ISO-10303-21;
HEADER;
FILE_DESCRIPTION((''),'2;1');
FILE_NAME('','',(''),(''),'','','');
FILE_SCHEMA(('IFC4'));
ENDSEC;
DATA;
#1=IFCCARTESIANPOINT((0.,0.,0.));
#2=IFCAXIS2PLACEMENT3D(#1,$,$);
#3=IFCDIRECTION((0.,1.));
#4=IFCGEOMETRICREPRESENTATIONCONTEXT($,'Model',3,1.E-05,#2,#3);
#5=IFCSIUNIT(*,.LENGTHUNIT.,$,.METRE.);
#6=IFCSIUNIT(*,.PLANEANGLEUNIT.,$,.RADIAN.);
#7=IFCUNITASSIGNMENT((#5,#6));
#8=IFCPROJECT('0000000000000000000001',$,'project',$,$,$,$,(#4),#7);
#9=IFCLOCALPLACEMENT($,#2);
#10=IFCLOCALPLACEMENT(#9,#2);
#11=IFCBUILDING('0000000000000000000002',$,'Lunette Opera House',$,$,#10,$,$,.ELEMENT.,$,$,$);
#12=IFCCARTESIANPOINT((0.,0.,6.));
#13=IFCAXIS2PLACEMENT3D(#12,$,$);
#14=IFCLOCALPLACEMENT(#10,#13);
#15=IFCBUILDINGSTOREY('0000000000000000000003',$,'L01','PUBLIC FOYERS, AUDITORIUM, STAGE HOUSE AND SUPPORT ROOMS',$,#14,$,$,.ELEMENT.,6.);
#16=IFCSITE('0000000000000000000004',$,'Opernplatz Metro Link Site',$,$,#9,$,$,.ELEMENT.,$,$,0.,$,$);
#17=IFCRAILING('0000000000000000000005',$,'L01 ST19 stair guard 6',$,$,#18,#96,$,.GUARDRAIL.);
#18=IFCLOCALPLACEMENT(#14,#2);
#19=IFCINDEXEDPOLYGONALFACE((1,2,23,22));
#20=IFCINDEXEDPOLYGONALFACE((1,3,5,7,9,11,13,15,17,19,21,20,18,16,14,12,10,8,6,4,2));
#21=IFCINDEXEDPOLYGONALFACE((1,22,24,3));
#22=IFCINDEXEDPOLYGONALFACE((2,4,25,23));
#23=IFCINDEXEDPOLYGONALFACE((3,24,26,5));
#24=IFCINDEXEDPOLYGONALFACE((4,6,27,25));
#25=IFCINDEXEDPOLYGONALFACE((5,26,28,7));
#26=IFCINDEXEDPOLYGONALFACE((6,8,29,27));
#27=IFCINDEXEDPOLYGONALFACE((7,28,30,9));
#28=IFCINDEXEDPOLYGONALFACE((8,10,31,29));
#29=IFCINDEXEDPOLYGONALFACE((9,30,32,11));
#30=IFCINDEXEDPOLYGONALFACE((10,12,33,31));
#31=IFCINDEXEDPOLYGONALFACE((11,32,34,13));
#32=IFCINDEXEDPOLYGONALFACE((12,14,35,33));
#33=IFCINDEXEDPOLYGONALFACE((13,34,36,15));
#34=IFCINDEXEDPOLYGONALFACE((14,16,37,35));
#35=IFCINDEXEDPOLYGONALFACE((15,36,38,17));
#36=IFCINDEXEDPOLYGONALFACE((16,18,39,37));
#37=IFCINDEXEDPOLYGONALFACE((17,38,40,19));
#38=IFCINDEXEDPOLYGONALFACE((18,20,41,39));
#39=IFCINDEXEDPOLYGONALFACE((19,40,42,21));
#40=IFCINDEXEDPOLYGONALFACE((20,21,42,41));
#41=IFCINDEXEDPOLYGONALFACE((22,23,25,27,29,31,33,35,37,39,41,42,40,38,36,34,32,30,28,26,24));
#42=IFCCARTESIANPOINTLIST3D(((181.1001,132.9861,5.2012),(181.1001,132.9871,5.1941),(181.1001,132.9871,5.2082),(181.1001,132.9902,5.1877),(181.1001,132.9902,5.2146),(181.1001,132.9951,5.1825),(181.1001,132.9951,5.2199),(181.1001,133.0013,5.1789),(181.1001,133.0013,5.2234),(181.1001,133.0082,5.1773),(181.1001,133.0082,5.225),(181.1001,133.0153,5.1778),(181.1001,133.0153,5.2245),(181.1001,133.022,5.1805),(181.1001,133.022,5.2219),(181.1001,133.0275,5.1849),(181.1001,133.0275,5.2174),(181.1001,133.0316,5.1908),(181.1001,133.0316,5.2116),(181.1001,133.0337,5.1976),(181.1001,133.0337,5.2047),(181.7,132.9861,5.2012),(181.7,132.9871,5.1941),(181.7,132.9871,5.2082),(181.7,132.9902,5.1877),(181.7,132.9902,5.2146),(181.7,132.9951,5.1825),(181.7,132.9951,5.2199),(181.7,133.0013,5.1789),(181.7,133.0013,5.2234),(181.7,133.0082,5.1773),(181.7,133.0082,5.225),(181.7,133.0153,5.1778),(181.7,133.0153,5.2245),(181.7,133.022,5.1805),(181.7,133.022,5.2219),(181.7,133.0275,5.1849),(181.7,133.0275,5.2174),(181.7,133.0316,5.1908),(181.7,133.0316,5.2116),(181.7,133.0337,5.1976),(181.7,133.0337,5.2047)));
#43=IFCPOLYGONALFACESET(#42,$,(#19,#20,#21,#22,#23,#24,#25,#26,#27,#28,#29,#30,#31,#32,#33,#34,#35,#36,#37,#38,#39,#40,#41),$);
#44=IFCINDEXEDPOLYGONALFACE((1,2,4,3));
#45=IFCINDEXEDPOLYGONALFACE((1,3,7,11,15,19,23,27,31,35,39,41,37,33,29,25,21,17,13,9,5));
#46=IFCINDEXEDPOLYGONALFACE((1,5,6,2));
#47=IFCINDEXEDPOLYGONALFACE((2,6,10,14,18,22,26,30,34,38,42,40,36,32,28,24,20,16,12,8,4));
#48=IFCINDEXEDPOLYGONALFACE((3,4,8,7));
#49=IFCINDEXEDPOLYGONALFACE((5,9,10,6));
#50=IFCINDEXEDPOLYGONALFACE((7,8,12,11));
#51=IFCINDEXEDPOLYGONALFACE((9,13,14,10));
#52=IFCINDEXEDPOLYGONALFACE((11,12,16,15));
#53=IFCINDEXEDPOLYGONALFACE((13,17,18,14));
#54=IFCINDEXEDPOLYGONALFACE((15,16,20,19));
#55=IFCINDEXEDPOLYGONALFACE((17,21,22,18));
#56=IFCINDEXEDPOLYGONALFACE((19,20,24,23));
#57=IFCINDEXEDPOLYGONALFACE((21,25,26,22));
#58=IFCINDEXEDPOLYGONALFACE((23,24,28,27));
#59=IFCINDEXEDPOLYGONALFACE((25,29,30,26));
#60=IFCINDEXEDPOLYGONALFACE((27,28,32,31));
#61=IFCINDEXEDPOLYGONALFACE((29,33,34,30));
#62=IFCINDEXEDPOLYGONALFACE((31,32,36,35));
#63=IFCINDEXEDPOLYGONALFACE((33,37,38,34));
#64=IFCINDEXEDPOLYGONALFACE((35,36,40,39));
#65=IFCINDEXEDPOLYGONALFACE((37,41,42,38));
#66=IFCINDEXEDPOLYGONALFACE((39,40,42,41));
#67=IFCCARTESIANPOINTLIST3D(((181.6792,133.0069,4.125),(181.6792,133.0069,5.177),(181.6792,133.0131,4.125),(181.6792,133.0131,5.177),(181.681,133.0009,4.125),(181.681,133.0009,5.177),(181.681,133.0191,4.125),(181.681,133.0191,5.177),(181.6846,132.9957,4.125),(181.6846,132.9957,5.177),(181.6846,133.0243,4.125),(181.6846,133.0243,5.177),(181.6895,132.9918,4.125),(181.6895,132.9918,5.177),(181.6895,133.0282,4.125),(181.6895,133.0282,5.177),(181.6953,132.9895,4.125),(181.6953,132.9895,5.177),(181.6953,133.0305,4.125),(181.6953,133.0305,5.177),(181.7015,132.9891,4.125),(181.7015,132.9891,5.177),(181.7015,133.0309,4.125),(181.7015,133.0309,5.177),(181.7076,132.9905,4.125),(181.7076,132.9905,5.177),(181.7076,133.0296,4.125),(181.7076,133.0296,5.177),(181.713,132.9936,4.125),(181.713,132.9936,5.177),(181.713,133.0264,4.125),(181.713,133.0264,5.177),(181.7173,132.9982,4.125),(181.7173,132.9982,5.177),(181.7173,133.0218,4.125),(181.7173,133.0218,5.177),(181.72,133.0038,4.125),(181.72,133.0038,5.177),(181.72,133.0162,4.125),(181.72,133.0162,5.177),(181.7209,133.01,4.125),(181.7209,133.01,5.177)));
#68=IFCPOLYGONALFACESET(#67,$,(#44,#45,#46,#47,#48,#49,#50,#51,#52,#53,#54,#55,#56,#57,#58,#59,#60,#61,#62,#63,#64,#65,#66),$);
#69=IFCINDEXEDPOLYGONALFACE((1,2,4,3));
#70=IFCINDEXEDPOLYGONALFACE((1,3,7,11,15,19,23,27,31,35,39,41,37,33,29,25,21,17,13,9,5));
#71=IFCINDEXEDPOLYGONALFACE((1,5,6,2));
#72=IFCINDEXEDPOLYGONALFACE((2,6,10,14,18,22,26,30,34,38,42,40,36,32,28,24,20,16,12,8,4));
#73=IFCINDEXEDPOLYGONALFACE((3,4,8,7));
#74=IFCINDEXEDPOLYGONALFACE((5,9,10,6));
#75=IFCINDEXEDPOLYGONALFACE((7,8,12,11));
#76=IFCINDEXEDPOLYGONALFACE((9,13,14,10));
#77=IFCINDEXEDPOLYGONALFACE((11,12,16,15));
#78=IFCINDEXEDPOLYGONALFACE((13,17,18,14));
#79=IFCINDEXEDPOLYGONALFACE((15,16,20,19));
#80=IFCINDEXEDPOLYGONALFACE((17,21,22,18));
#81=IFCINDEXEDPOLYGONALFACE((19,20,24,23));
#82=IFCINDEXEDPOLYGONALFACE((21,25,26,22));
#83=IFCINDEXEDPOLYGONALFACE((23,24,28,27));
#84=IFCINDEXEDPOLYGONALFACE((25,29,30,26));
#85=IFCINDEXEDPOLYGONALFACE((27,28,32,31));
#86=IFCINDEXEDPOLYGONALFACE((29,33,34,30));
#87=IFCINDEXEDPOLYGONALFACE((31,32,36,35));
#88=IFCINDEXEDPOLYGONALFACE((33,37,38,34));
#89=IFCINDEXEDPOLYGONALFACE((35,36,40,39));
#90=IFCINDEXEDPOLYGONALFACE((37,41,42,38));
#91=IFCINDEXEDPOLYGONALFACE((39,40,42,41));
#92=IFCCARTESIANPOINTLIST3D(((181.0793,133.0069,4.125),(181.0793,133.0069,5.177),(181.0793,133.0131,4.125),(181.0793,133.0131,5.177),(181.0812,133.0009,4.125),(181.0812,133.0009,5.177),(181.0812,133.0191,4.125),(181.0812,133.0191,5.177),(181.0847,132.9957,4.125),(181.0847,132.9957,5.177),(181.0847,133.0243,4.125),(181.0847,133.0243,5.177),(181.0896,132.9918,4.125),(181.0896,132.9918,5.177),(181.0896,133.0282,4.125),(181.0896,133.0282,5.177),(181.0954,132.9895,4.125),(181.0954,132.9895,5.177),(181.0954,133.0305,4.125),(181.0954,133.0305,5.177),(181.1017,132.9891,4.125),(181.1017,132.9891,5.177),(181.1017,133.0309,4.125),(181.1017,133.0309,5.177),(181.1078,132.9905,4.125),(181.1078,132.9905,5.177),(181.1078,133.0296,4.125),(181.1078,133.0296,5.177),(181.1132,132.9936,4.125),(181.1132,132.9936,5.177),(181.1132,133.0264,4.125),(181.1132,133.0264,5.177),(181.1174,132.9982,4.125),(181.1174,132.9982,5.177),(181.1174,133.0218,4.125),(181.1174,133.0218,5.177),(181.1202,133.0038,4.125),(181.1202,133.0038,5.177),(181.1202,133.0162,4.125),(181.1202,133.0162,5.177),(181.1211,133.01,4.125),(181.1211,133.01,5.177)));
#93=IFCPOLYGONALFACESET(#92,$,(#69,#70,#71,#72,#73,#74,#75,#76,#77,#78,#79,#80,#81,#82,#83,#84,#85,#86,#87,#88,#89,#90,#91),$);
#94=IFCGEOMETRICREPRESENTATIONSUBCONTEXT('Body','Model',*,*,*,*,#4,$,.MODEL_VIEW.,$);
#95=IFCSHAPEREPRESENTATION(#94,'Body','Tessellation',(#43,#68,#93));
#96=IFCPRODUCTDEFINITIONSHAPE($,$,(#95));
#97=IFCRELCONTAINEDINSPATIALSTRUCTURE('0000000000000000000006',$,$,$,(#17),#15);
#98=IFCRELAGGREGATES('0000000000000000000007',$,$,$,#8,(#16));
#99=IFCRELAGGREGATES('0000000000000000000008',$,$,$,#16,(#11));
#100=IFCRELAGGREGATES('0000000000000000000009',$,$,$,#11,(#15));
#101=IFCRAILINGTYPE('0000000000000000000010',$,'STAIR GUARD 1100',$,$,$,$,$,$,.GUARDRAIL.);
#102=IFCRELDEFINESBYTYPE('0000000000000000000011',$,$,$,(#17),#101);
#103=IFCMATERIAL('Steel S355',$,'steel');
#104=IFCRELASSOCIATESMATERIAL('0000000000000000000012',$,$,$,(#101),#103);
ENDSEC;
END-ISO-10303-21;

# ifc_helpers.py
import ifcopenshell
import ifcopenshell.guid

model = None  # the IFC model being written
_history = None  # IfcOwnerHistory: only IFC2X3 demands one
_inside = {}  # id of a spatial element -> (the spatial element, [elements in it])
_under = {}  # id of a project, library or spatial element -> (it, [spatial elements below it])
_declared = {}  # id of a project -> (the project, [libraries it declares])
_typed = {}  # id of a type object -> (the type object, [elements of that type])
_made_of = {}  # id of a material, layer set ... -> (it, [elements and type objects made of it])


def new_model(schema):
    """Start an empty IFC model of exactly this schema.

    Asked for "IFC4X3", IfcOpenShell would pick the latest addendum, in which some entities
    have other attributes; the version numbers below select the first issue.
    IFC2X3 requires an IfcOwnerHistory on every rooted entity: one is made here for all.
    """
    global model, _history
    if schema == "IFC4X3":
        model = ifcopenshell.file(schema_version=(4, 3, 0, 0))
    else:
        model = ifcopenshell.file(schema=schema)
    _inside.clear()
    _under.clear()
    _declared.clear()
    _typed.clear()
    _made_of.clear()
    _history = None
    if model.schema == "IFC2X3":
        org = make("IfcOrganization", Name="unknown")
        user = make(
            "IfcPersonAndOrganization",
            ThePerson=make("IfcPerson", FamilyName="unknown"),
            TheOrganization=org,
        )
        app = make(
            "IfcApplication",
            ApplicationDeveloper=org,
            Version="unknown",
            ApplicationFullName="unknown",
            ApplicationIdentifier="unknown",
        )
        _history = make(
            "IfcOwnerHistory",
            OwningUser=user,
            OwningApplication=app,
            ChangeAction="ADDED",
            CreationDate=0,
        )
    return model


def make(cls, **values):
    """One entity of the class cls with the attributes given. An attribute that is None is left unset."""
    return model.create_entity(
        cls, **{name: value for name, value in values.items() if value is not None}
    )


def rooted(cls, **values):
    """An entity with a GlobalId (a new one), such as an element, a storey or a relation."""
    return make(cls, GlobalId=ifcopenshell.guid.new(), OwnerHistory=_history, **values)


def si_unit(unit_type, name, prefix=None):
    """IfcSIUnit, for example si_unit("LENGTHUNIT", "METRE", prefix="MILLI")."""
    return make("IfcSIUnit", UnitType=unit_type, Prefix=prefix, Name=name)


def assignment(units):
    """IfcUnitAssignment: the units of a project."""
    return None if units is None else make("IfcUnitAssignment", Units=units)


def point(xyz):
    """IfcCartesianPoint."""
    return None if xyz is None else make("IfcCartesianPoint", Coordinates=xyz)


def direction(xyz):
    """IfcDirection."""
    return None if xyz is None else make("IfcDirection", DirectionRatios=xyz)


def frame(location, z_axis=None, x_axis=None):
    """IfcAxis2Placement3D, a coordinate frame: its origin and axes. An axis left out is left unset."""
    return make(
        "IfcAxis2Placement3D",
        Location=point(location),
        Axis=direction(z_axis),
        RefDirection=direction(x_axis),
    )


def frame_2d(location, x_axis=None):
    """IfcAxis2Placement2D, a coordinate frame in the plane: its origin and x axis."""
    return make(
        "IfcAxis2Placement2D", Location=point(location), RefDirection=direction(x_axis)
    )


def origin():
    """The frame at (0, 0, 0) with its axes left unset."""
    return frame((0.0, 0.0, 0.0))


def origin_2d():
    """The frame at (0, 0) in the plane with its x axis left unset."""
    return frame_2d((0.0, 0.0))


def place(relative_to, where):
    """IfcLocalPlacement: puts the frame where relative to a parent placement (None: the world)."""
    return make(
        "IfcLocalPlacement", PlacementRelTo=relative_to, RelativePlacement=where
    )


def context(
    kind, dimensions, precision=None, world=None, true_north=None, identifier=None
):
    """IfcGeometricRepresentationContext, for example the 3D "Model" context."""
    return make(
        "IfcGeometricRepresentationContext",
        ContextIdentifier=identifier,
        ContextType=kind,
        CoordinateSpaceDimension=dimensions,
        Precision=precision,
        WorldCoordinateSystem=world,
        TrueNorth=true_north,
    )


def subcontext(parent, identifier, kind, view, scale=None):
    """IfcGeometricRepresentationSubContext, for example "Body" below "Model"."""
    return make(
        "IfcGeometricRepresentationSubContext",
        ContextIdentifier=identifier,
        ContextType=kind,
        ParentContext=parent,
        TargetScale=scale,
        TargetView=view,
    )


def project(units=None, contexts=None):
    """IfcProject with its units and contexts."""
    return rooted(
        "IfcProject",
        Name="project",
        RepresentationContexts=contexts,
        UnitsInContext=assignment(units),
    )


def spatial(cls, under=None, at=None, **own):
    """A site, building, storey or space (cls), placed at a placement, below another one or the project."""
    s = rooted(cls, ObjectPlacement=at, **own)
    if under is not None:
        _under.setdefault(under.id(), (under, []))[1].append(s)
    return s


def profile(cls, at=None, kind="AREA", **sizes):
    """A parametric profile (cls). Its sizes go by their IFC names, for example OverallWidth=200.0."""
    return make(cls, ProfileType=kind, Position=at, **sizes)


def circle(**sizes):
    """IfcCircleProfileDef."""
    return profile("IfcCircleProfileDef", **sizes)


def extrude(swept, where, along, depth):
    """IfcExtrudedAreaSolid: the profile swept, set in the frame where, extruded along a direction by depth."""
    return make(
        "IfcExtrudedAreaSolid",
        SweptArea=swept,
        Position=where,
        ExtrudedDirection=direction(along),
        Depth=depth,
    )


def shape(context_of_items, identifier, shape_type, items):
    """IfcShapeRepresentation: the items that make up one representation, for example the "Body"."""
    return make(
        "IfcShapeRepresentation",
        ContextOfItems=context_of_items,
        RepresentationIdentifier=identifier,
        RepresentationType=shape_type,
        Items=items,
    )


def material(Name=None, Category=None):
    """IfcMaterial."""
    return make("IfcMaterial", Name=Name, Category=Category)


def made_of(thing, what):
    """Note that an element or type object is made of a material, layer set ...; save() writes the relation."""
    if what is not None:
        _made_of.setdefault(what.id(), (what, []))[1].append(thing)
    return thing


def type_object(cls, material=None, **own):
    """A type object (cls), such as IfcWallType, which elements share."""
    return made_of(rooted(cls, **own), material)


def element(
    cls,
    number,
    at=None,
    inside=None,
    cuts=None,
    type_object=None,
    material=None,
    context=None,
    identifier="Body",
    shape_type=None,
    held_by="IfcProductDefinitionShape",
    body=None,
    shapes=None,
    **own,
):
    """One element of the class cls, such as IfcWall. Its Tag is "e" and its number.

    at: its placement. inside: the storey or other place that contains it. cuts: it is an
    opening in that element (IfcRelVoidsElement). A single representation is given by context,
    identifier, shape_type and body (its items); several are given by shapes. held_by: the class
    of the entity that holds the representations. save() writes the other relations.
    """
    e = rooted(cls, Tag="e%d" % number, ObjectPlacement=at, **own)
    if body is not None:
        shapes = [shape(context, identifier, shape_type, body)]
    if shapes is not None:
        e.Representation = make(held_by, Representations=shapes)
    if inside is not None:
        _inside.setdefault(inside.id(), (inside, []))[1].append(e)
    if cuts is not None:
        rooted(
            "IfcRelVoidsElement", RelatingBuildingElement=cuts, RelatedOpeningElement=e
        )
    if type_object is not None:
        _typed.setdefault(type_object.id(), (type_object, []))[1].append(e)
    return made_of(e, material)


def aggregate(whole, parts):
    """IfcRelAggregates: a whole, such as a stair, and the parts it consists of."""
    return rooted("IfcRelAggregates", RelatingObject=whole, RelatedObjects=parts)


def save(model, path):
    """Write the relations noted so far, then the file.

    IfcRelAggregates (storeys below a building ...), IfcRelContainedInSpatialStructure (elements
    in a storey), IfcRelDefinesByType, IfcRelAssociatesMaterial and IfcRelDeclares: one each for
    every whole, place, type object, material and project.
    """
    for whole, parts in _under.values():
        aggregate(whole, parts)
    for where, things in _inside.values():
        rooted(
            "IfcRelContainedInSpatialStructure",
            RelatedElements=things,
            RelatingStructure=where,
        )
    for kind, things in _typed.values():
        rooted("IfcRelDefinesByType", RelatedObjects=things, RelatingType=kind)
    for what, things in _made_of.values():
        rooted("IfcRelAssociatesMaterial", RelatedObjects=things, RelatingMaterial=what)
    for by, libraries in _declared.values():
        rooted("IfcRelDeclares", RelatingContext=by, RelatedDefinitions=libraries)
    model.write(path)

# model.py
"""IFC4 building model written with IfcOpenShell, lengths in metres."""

from ifc_helpers import new_model, si_unit, direction, frame, origin, origin_2d, place, context, subcontext, project, spatial, circle, extrude, material, type_object, element, save


model = new_model("IFC4")

# Units and contexts
model_context = context("Model", 3, precision=1e-05, world=origin(), true_north=direction((0.0, 1.0)))
body_context = subcontext(model_context, "Body", "Model", "MODEL_VIEW")
ifc_project = project(units=[si_unit("LENGTHUNIT", "METRE"), si_unit("PLANEANGLEUNIT", "RADIAN")], contexts=[model_context])

# Site, building, storey
site_placement = place(None, origin())
site = spatial("IfcSite", under=ifc_project, at=site_placement, Name="Opernplatz Metro Link Site", CompositionType="ELEMENT", RefElevation=0.0)
building_placement = place(site_placement, origin())
building = spatial("IfcBuilding", under=site, at=building_placement, Name="Lunette Opera House", CompositionType="ELEMENT")
storey_placement = place(building_placement, frame((0.0, 0.0, 6.0)))
storey = spatial("IfcBuildingStorey", under=building, at=storey_placement, Name="L01", Description="PUBLIC FOYERS, AUDITORIUM, STAGE HOUSE AND SUPPORT ROOMS", CompositionType="ELEMENT", Elevation=6.0)

# Railing
ifc_material_1 = material(Name="Steel S355", Category="steel")
railing_type = type_object("IfcRailingType", Name="STAIR GUARD 1100", PredefinedType="GUARDRAIL", material=ifc_material_1)
railing_1_placement = place(storey_placement, frame((181.7, 133.01, 4.125)))
element("IfcRailing", 1, at=railing_1_placement, inside=storey, type_object=railing_type, Name="L01 ST19 stair guard 6", PredefinedType="GUARDRAIL", context=body_context, shape_type="SweptSolid", body=[
    extrude(circle(Radius=0.0239, at=origin_2d()), frame((0.0, 0.0, 1.0762), z_axis=(-1.0, 0.0, 0.0), x_axis=(0.0, -1.0, 0.0)), (0.0, 0.0, 1.0), 0.5999),
    extrude(circle(Radius=0.021, at=origin_2d()), origin(), (0.0, 0.0, 1.0), 1.052),
    extrude(circle(Radius=0.021, at=origin_2d()), frame((-0.5999, 0.0, 0.0)), (0.0, 0.0, 1.0), 1.052),
])

save(model, "model.ifc")
